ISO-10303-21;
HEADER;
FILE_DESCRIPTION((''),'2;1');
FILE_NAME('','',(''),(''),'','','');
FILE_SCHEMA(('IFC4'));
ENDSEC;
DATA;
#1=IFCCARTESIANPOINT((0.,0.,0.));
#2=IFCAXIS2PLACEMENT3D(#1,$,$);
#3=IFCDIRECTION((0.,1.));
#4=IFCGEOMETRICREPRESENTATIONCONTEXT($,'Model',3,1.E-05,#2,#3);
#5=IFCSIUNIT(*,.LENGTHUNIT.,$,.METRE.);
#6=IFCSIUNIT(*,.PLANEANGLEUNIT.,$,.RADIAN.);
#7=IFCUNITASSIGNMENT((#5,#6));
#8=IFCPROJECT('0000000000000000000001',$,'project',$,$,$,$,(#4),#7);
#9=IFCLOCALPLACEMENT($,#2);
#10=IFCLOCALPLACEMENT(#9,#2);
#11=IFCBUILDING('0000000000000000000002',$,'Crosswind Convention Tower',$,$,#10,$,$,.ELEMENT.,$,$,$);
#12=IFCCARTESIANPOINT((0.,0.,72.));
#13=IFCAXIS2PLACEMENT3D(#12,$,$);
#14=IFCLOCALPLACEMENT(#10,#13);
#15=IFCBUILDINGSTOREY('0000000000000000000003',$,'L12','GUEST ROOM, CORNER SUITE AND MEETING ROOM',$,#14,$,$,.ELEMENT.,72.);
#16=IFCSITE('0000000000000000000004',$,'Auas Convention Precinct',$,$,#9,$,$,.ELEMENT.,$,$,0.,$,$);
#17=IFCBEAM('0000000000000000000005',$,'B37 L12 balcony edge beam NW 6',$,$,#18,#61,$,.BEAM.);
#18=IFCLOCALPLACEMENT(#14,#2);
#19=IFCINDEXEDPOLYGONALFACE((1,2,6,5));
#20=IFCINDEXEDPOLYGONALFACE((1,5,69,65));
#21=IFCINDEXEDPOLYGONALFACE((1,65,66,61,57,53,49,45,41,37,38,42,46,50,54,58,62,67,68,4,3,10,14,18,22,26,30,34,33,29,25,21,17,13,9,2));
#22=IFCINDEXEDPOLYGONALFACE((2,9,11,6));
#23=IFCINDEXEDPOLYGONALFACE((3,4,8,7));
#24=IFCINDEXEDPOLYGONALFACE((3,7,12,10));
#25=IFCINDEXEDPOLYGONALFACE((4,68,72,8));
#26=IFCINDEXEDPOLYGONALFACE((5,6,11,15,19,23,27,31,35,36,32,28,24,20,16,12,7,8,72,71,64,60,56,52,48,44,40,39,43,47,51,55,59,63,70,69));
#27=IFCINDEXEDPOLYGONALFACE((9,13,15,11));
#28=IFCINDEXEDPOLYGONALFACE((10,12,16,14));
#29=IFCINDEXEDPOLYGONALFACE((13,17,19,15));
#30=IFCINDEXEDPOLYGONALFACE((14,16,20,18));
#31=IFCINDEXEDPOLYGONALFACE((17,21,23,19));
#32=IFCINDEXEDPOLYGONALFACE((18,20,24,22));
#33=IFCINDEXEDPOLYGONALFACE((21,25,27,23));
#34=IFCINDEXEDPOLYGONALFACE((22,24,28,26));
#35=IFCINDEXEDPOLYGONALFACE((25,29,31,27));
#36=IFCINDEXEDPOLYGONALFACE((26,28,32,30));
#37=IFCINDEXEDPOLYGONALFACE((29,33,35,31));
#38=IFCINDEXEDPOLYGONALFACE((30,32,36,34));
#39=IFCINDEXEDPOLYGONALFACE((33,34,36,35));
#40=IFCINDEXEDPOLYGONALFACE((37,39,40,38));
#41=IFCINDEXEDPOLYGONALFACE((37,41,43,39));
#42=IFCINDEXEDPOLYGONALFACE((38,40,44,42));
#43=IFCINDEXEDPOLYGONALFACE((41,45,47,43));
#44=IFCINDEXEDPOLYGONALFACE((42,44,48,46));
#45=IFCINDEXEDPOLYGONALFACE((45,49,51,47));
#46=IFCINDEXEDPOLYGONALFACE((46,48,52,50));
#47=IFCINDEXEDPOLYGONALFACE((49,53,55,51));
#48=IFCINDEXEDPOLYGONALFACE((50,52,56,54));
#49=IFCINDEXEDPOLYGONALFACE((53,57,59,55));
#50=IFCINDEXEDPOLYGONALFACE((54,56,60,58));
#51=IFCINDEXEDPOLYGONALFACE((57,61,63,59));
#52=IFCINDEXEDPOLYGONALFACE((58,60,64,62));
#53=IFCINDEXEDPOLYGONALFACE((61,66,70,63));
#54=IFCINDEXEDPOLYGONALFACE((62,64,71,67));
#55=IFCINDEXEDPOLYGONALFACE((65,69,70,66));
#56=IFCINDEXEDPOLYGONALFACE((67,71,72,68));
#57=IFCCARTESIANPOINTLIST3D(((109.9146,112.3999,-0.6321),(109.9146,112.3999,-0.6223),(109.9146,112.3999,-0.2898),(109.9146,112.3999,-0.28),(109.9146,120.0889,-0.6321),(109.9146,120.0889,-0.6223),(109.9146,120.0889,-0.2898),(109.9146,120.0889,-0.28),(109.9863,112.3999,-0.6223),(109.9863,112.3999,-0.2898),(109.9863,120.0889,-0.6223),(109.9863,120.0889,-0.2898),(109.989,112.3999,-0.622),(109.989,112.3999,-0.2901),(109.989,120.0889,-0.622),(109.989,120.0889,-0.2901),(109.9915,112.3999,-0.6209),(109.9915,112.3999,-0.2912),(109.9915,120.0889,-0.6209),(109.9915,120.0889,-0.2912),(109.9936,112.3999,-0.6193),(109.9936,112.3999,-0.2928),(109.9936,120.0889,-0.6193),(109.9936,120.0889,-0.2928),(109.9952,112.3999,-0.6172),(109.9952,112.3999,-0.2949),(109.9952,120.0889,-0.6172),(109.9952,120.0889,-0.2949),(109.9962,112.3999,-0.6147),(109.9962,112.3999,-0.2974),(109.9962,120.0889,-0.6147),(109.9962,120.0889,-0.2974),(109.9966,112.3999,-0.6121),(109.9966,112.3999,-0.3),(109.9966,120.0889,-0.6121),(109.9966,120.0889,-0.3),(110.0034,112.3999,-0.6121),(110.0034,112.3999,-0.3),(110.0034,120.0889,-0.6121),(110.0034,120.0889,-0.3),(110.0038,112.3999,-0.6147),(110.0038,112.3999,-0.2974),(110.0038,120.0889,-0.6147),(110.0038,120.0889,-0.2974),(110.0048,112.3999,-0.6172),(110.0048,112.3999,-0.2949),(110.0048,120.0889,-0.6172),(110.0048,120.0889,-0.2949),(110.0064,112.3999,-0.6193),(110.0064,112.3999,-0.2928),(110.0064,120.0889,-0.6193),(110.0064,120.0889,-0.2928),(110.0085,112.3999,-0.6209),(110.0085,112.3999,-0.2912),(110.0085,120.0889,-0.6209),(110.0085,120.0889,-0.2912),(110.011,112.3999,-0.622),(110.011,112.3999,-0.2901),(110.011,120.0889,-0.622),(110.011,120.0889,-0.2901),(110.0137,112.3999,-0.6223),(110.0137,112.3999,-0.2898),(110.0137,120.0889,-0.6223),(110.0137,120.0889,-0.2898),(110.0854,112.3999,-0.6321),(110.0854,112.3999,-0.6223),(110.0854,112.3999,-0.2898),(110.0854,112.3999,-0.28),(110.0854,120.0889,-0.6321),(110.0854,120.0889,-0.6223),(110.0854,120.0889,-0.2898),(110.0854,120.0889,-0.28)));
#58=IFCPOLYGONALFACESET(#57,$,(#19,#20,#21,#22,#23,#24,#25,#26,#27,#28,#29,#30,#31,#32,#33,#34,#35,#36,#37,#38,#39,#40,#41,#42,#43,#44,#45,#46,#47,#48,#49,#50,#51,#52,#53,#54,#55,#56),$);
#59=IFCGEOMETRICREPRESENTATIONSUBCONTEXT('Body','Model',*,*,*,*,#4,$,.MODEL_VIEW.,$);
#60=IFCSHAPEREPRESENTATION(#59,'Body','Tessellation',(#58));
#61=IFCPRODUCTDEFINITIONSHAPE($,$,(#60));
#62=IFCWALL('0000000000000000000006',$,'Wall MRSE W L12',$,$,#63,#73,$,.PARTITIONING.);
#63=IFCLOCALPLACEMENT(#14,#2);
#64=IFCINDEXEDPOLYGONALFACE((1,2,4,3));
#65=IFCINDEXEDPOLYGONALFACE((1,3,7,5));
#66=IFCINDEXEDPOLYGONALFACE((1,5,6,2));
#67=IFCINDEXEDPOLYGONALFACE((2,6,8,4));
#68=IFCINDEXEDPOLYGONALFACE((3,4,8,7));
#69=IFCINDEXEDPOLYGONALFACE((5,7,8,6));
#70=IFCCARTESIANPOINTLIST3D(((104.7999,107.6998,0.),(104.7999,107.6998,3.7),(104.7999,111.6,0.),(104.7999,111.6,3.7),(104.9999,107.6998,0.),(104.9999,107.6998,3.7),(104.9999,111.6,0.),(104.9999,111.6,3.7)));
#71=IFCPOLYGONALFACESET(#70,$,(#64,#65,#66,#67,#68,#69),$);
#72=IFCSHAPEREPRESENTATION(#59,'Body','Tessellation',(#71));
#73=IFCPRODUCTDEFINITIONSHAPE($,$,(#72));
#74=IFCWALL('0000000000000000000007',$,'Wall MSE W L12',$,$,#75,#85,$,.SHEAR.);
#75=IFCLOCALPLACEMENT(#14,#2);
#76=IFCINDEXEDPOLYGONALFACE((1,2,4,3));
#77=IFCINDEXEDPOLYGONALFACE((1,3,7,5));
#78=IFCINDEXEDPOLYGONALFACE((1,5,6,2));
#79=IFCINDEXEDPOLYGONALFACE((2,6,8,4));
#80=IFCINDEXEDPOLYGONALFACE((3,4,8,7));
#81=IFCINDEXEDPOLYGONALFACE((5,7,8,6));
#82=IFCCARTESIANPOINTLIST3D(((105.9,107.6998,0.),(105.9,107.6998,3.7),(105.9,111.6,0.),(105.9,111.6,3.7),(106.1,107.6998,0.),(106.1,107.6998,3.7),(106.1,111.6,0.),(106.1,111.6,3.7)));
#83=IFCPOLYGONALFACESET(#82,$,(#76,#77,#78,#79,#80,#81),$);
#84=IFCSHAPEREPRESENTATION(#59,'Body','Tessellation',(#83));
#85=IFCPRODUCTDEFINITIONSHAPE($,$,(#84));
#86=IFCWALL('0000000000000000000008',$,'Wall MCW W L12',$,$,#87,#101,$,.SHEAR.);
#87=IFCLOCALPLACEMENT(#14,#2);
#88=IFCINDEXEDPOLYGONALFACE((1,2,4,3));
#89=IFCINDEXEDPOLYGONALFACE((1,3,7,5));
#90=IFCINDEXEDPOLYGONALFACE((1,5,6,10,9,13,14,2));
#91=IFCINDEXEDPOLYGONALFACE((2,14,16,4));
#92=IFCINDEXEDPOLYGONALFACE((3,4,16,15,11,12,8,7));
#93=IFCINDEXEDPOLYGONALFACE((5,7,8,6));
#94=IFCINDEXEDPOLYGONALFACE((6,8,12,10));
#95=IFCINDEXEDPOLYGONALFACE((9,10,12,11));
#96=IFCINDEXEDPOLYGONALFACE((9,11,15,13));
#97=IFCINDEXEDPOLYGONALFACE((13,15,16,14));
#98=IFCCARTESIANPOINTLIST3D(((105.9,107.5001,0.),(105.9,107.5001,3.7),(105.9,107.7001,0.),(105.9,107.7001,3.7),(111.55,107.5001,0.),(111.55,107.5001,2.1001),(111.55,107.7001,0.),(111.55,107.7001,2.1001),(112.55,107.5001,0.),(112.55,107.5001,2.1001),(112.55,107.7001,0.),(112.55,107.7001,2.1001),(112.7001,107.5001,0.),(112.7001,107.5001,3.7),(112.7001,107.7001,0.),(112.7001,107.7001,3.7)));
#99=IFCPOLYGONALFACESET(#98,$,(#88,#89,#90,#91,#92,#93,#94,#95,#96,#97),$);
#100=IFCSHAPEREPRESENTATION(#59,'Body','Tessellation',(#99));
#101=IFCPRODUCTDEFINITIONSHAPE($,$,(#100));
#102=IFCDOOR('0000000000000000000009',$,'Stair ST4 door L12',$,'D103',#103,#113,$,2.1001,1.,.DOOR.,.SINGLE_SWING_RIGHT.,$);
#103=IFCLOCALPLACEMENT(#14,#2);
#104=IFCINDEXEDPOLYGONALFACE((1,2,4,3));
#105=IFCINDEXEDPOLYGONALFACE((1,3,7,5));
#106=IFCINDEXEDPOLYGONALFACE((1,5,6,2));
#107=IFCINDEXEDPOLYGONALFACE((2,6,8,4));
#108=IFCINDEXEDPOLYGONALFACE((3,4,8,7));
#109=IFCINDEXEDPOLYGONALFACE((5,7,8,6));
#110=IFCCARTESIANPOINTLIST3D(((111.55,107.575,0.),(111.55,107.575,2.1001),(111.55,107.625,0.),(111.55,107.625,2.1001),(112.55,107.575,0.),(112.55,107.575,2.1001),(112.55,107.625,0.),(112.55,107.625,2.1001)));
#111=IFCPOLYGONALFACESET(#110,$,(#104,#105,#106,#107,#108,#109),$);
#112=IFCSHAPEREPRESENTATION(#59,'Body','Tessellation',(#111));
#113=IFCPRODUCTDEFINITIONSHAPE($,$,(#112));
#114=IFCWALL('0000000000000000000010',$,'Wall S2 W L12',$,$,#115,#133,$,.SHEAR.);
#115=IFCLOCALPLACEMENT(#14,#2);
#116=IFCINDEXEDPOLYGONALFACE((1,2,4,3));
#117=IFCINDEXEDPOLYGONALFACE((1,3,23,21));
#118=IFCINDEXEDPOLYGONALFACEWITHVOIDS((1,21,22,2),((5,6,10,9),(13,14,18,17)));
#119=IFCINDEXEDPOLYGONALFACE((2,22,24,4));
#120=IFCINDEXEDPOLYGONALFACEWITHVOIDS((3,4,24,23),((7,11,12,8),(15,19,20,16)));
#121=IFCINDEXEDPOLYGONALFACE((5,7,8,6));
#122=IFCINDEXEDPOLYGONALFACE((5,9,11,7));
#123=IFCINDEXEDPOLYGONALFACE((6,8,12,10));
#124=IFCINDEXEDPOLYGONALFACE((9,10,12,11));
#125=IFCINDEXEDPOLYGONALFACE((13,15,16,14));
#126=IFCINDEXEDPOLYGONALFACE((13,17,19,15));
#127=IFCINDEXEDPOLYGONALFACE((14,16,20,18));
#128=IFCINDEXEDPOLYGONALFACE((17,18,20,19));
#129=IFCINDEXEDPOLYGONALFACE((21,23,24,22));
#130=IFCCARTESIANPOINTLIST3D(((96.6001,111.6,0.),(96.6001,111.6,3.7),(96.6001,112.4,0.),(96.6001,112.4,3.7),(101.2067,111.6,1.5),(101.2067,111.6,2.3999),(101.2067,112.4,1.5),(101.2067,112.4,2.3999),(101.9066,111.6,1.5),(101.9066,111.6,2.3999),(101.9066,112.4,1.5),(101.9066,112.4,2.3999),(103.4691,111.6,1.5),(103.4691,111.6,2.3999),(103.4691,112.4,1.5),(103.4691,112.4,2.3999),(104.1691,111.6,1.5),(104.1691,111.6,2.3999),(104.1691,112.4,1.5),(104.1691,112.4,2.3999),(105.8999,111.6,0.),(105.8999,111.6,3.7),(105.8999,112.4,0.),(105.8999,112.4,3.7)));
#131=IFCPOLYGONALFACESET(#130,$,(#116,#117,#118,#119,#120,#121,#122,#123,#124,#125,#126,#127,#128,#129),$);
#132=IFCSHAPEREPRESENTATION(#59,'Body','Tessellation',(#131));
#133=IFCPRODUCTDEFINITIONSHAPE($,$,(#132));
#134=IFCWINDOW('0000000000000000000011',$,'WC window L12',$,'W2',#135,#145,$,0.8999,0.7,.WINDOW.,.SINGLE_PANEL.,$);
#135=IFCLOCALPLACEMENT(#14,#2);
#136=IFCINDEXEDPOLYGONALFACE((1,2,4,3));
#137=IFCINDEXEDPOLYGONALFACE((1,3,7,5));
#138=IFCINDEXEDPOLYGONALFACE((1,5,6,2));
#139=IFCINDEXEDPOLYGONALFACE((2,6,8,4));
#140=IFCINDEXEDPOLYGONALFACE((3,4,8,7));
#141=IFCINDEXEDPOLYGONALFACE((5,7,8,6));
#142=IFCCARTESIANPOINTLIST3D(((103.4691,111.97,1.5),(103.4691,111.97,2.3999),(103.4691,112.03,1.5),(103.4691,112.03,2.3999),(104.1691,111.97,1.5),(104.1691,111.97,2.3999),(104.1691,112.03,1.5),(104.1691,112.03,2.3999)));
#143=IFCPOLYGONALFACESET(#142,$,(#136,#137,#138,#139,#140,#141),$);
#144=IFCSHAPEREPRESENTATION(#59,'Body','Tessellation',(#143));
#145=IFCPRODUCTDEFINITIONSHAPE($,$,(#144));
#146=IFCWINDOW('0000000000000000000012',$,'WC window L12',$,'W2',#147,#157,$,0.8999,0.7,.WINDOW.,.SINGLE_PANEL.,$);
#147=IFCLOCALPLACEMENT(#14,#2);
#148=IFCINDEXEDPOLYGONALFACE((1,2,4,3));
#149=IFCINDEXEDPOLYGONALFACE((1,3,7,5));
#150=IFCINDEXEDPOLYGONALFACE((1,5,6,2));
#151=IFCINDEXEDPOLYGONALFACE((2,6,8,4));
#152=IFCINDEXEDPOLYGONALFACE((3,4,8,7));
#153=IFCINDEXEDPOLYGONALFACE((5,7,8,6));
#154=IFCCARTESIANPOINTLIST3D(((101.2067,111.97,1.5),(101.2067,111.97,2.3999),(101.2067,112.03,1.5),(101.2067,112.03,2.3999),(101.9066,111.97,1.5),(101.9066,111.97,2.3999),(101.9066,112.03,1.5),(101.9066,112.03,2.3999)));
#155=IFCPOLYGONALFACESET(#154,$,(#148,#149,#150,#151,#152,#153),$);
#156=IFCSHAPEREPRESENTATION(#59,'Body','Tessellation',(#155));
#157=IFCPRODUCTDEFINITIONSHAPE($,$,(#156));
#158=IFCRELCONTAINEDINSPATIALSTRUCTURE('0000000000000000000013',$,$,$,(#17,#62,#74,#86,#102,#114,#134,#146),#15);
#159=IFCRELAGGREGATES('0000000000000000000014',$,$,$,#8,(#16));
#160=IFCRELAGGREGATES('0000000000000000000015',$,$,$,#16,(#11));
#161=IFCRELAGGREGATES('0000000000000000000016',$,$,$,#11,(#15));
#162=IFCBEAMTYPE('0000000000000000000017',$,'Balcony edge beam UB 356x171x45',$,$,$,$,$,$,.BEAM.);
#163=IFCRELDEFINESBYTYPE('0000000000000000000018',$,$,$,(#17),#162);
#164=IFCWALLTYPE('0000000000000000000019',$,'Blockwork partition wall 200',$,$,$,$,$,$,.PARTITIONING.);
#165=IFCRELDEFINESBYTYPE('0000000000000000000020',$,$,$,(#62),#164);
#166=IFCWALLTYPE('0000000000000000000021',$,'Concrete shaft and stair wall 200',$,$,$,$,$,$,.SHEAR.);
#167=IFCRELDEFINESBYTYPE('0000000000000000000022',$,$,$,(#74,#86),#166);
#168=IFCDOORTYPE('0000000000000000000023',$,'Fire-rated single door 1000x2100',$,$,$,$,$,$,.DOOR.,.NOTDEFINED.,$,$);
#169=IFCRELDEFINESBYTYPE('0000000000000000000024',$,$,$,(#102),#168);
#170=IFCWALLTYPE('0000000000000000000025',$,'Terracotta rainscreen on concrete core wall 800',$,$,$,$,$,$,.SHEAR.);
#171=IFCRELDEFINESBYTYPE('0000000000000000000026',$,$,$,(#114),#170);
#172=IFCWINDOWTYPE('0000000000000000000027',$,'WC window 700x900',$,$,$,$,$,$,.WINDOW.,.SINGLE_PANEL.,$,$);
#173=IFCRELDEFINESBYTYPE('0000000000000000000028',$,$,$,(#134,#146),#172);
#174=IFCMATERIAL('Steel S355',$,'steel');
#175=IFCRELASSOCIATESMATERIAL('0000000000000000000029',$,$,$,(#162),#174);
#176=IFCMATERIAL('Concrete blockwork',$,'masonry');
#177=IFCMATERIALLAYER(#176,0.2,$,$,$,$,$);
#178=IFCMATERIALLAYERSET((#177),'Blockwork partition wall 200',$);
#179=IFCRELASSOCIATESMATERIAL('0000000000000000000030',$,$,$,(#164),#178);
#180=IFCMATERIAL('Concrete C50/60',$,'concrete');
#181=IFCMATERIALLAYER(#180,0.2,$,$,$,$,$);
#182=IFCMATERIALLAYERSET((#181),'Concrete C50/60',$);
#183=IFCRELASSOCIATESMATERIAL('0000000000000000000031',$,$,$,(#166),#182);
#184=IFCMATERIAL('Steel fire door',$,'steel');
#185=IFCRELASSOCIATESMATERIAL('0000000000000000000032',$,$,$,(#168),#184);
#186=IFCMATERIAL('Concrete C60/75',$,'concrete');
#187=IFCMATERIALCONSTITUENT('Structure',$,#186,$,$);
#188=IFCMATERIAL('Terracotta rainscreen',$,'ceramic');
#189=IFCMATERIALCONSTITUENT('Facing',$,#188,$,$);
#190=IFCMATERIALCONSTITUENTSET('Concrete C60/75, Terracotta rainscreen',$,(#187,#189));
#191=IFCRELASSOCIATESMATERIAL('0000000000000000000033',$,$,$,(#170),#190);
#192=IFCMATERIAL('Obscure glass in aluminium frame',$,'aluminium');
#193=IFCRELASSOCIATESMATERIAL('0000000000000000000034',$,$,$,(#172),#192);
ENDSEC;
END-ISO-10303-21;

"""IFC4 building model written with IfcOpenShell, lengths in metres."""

from ifc_helpers import new_model, si_unit, direction, frame, frame_2d, origin, origin_2d, place, context, subcontext, project, spatial, rectangle, i_section, extrude, material, layer, layer_set, constituent, constituent_set, material_profile, profile_set, type_object, element, fill, save


model = new_model("IFC4")

# Units and contexts
model_context = context("Model", 3, precision=1e-05, world=origin(), true_north=direction((0.0, 1.0)))
body_context = subcontext(model_context, "Body", "Model", "MODEL_VIEW")
ifc_project = project(units=[si_unit("LENGTHUNIT", "METRE"), si_unit("PLANEANGLEUNIT", "RADIAN")], contexts=[model_context])

# Site, building, storey
site_placement = place(None, origin())
site = spatial("IfcSite", under=ifc_project, at=site_placement, Name="Auas Convention Precinct", CompositionType="ELEMENT", RefElevation=0.0)
building_placement = place(site_placement, origin())
building = spatial("IfcBuilding", under=site, at=building_placement, Name="Crosswind Convention Tower", CompositionType="ELEMENT")
storey_placement = place(building_placement, frame((0.0, 0.0, 72.0)))
storey = spatial("IfcBuildingStorey", under=building, at=storey_placement, Name="L12", Description="GUEST ROOM, CORNER SUITE AND MEETING ROOM", CompositionType="ELEMENT", Elevation=72.0)

# Beam
ifc_material_1 = material(Name="Steel S355", Category="steel")
ifc_material_profile = material_profile(ifc_material_1, i_section(OverallWidth=0.1709, OverallDepth=0.3521, WebThickness=0.0068, FlangeThickness=0.0098, FilletRadius=0.0103, at=origin_2d()), Name="UB 356x171x45")
ifc_profile_set = profile_set([ifc_material_profile], Name="Steel S355")
beam_type = type_object("IfcBeamType", Name="Balcony edge beam UB 356x171x45", PredefinedType="BEAM", material=ifc_profile_set)
beam_placement = place(storey_placement, frame((110.0, 112.3999, -0.4561), z_axis=(0.0, 1.0, 0.0), x_axis=(-1.0, 0.0, 0.0)))
element("IfcBeam", 1, at=beam_placement, inside=storey, type_object=beam_type, Name="B37 L12 balcony edge beam NW 6", PredefinedType="BEAM", context=body_context, shape_type="SweptSolid", body=[
    extrude(i_section(OverallWidth=0.1709, OverallDepth=0.3521, WebThickness=0.0068, FlangeThickness=0.0098, FilletRadius=0.0103, at=origin_2d()), origin(), (0.0, 0.0, 1.0), 7.689),
])

# Walls
ifc_material_2 = material(Name="Concrete blockwork", Category="masonry")
ifc_layer_1 = layer(ifc_material_2, 0.2)
ifc_layer_set_1 = layer_set([ifc_layer_1], Name="Blockwork partition wall 200")
wall_type_1 = type_object("IfcWallType", Name="Blockwork partition wall 200", PredefinedType="PARTITIONING", material=ifc_layer_set_1)
wall_1_placement = place(storey_placement, frame((104.8999, 111.6001, 0.0), z_axis=(0.0, 0.0, 1.0), x_axis=(0.0, -1.0, 0.0)))
element("IfcWall", 2, at=wall_1_placement, inside=storey, type_object=wall_type_1, Name="Wall MRSE W L12", PredefinedType="PARTITIONING", context=body_context, shape_type="SweptSolid", body=[
    extrude(rectangle(XDim=3.9001, YDim=0.2, at=frame_2d((1.9502, 0.0))), origin(), (0.0, 0.0, 1.0), 3.7),
])
ifc_material_3 = material(Name="Concrete C50/60", Category="concrete")
ifc_layer_2 = layer(ifc_material_3, 0.2)
ifc_layer_set_2 = layer_set([ifc_layer_2], Name="Concrete C50/60")
wall_type_2 = type_object("IfcWallType", Name="Concrete shaft and stair wall 200", PredefinedType="SHEAR", material=ifc_layer_set_2)
wall_2_placement = place(storey_placement, frame((106.0, 111.6001, 0.0), z_axis=(0.0, 0.0, 1.0), x_axis=(0.0, -1.0, 0.0)))
element("IfcWall", 3, at=wall_2_placement, inside=storey, type_object=wall_type_2, Name="Wall MSE W L12", PredefinedType="SHEAR", context=body_context, shape_type="SweptSolid", body=[
    extrude(rectangle(XDim=3.9001, YDim=0.2, at=frame_2d((1.9502, 0.0))), origin(), (0.0, 0.0, 1.0), 3.7),
])

# Wall, opening, door
wall_3_placement = place(storey_placement, frame((112.7, 107.6001, 0.0), z_axis=(0.0, 0.0, 1.0), x_axis=(-1.0, 0.0, 0.0)))
wall_3 = element("IfcWall", 4, at=wall_3_placement, inside=storey, type_object=wall_type_2, Name="Wall MCW W L12", PredefinedType="SHEAR", context=body_context, shape_type="SweptSolid", body=[
    extrude(rectangle(XDim=6.8, YDim=0.2, at=frame_2d((3.3999, 0.0))), origin(), (0.0, 0.0, 1.0), 3.7),
])
opening_1_placement = place(wall_3_placement, frame((0.1499, 0.0, 0.0)))
opening_1 = element("IfcOpeningElement", 5, at=opening_1_placement, cuts=wall_3, PredefinedType="OPENING", context=body_context, shape_type="SweptSolid", body=[
    extrude(rectangle(XDim=1.0, YDim=2.1001, at=frame_2d((0.5, 1.05))), frame((0.0, 0.1099, 0.0), z_axis=(0.0, -1.0, 0.0), x_axis=(1.0, 0.0, 0.0)), (0.0, 0.0, 1.0), 0.22),
])
ifc_material_4 = material(Name="Steel fire door", Category="steel")
door_type = type_object("IfcDoorType", Name="Fire-rated single door 1000x2100", OperationType="NOTDEFINED", PredefinedType="DOOR", material=ifc_material_4)
door_placement = place(opening_1_placement, frame((1.0, 0.0, 0.0), z_axis=(0.0, 0.0, 1.0), x_axis=(-1.0, 0.0, 0.0)))
door = element("IfcDoor", 6, at=door_placement, inside=storey, type_object=door_type, Name="Stair ST4 door L12", ObjectType="D103", OperationType="SINGLE_SWING_RIGHT", OverallHeight=2.1001, OverallWidth=1.0, PredefinedType="DOOR", context=body_context, shape_type="SweptSolid", body=[
    extrude(rectangle(XDim=1.0, YDim=2.1001, at=frame_2d((0.5, 1.05))), frame((0.0, 0.0249, 0.0), z_axis=(0.0, -1.0, 0.0), x_axis=(1.0, 0.0, 0.0)), (0.0, 0.0, 1.0), 0.05),
])
fill(opening_1, door)

# Wall, openings, windows
ifc_material_5 = material(Name="Concrete C60/75", Category="concrete")
ifc_constituent_1 = constituent(ifc_material_5, Name="Structure")
ifc_material_6 = material(Name="Terracotta rainscreen", Category="ceramic")
ifc_constituent_2 = constituent(ifc_material_6, Name="Facing")
ifc_constituent_set = constituent_set(constituents=[ifc_constituent_1, ifc_constituent_2], Name="Concrete C60/75, Terracotta rainscreen")
wall_type_3 = type_object("IfcWallType", Name="Terracotta rainscreen on concrete core wall 800", PredefinedType="SHEAR", material=ifc_constituent_set)
wall_4_placement = place(storey_placement, frame((105.8999, 112.0, 0.0), z_axis=(0.0, 0.0, 1.0), x_axis=(-1.0, 0.0, 0.0)))
wall_4 = element("IfcWall", 7, at=wall_4_placement, inside=storey, type_object=wall_type_3, Name="Wall S2 W L12", PredefinedType="SHEAR", context=body_context, shape_type="SweptSolid", body=[
    extrude(rectangle(XDim=9.2998, YDim=0.8, at=frame_2d((4.6499, 0.0))), origin(), (0.0, 0.0, 1.0), 3.7),
])
opening_2_placement = place(wall_4_placement, frame((1.7307, 0.0, 1.5)))
opening_2 = element("IfcOpeningElement", 8, at=opening_2_placement, cuts=wall_4, PredefinedType="OPENING", context=body_context, shape_type="SweptSolid", body=[
    extrude(rectangle(XDim=0.7, YDim=0.8999, at=frame_2d((0.3501, 0.45))), frame((0.0, 0.4099, 0.0), z_axis=(0.0, -1.0, 0.0), x_axis=(1.0, 0.0, 0.0)), (0.0, 0.0, 1.0), 0.8201),
])
opening_3_placement = place(wall_4_placement, frame((3.9932, 0.0, 1.5)))
opening_3 = element("IfcOpeningElement", 9, at=opening_3_placement, cuts=wall_4, PredefinedType="OPENING", context=body_context, shape_type="SweptSolid", body=[
    extrude(rectangle(XDim=0.7, YDim=0.8999, at=frame_2d((0.3501, 0.45))), frame((0.0, 0.4099, 0.0), z_axis=(0.0, -1.0, 0.0), x_axis=(1.0, 0.0, 0.0)), (0.0, 0.0, 1.0), 0.8201),
])
ifc_material_7 = material(Name="Obscure glass in aluminium frame", Category="aluminium")
window_type = type_object("IfcWindowType", Name="WC window 700x900", PartitioningType="SINGLE_PANEL", PredefinedType="WINDOW", material=ifc_material_7)
window_1_placement = place(opening_2_placement, origin())
window_1 = element("IfcWindow", 10, at=window_1_placement, inside=storey, type_object=window_type, Name="WC window L12", ObjectType="W2", OverallHeight=0.8999, OverallWidth=0.7, PartitioningType="SINGLE_PANEL", PredefinedType="WINDOW", context=body_context, shape_type="SweptSolid", body=[
    extrude(rectangle(XDim=0.7, YDim=0.8999, at=frame_2d((0.3501, 0.45))), frame((0.0, 0.03, 0.0), z_axis=(0.0, -1.0, 0.0), x_axis=(1.0, 0.0, 0.0)), (0.0, 0.0, 1.0), 0.0601),
])
fill(opening_2, window_1)
window_2_placement = place(opening_3_placement, origin())
window_2 = element("IfcWindow", 11, at=window_2_placement, inside=storey, type_object=window_type, Name="WC window L12", ObjectType="W2", OverallHeight=0.8999, OverallWidth=0.7, PartitioningType="SINGLE_PANEL", PredefinedType="WINDOW", context=body_context, shape_type="SweptSolid", body=[
    extrude(rectangle(XDim=0.7, YDim=0.8999, at=frame_2d((0.3501, 0.45))), frame((0.0, 0.03, 0.0), z_axis=(0.0, -1.0, 0.0), x_axis=(1.0, 0.0, 0.0)), (0.0, 0.0, 1.0), 0.0601),
])
fill(opening_3, window_2)

save(model, "model.ifc")
